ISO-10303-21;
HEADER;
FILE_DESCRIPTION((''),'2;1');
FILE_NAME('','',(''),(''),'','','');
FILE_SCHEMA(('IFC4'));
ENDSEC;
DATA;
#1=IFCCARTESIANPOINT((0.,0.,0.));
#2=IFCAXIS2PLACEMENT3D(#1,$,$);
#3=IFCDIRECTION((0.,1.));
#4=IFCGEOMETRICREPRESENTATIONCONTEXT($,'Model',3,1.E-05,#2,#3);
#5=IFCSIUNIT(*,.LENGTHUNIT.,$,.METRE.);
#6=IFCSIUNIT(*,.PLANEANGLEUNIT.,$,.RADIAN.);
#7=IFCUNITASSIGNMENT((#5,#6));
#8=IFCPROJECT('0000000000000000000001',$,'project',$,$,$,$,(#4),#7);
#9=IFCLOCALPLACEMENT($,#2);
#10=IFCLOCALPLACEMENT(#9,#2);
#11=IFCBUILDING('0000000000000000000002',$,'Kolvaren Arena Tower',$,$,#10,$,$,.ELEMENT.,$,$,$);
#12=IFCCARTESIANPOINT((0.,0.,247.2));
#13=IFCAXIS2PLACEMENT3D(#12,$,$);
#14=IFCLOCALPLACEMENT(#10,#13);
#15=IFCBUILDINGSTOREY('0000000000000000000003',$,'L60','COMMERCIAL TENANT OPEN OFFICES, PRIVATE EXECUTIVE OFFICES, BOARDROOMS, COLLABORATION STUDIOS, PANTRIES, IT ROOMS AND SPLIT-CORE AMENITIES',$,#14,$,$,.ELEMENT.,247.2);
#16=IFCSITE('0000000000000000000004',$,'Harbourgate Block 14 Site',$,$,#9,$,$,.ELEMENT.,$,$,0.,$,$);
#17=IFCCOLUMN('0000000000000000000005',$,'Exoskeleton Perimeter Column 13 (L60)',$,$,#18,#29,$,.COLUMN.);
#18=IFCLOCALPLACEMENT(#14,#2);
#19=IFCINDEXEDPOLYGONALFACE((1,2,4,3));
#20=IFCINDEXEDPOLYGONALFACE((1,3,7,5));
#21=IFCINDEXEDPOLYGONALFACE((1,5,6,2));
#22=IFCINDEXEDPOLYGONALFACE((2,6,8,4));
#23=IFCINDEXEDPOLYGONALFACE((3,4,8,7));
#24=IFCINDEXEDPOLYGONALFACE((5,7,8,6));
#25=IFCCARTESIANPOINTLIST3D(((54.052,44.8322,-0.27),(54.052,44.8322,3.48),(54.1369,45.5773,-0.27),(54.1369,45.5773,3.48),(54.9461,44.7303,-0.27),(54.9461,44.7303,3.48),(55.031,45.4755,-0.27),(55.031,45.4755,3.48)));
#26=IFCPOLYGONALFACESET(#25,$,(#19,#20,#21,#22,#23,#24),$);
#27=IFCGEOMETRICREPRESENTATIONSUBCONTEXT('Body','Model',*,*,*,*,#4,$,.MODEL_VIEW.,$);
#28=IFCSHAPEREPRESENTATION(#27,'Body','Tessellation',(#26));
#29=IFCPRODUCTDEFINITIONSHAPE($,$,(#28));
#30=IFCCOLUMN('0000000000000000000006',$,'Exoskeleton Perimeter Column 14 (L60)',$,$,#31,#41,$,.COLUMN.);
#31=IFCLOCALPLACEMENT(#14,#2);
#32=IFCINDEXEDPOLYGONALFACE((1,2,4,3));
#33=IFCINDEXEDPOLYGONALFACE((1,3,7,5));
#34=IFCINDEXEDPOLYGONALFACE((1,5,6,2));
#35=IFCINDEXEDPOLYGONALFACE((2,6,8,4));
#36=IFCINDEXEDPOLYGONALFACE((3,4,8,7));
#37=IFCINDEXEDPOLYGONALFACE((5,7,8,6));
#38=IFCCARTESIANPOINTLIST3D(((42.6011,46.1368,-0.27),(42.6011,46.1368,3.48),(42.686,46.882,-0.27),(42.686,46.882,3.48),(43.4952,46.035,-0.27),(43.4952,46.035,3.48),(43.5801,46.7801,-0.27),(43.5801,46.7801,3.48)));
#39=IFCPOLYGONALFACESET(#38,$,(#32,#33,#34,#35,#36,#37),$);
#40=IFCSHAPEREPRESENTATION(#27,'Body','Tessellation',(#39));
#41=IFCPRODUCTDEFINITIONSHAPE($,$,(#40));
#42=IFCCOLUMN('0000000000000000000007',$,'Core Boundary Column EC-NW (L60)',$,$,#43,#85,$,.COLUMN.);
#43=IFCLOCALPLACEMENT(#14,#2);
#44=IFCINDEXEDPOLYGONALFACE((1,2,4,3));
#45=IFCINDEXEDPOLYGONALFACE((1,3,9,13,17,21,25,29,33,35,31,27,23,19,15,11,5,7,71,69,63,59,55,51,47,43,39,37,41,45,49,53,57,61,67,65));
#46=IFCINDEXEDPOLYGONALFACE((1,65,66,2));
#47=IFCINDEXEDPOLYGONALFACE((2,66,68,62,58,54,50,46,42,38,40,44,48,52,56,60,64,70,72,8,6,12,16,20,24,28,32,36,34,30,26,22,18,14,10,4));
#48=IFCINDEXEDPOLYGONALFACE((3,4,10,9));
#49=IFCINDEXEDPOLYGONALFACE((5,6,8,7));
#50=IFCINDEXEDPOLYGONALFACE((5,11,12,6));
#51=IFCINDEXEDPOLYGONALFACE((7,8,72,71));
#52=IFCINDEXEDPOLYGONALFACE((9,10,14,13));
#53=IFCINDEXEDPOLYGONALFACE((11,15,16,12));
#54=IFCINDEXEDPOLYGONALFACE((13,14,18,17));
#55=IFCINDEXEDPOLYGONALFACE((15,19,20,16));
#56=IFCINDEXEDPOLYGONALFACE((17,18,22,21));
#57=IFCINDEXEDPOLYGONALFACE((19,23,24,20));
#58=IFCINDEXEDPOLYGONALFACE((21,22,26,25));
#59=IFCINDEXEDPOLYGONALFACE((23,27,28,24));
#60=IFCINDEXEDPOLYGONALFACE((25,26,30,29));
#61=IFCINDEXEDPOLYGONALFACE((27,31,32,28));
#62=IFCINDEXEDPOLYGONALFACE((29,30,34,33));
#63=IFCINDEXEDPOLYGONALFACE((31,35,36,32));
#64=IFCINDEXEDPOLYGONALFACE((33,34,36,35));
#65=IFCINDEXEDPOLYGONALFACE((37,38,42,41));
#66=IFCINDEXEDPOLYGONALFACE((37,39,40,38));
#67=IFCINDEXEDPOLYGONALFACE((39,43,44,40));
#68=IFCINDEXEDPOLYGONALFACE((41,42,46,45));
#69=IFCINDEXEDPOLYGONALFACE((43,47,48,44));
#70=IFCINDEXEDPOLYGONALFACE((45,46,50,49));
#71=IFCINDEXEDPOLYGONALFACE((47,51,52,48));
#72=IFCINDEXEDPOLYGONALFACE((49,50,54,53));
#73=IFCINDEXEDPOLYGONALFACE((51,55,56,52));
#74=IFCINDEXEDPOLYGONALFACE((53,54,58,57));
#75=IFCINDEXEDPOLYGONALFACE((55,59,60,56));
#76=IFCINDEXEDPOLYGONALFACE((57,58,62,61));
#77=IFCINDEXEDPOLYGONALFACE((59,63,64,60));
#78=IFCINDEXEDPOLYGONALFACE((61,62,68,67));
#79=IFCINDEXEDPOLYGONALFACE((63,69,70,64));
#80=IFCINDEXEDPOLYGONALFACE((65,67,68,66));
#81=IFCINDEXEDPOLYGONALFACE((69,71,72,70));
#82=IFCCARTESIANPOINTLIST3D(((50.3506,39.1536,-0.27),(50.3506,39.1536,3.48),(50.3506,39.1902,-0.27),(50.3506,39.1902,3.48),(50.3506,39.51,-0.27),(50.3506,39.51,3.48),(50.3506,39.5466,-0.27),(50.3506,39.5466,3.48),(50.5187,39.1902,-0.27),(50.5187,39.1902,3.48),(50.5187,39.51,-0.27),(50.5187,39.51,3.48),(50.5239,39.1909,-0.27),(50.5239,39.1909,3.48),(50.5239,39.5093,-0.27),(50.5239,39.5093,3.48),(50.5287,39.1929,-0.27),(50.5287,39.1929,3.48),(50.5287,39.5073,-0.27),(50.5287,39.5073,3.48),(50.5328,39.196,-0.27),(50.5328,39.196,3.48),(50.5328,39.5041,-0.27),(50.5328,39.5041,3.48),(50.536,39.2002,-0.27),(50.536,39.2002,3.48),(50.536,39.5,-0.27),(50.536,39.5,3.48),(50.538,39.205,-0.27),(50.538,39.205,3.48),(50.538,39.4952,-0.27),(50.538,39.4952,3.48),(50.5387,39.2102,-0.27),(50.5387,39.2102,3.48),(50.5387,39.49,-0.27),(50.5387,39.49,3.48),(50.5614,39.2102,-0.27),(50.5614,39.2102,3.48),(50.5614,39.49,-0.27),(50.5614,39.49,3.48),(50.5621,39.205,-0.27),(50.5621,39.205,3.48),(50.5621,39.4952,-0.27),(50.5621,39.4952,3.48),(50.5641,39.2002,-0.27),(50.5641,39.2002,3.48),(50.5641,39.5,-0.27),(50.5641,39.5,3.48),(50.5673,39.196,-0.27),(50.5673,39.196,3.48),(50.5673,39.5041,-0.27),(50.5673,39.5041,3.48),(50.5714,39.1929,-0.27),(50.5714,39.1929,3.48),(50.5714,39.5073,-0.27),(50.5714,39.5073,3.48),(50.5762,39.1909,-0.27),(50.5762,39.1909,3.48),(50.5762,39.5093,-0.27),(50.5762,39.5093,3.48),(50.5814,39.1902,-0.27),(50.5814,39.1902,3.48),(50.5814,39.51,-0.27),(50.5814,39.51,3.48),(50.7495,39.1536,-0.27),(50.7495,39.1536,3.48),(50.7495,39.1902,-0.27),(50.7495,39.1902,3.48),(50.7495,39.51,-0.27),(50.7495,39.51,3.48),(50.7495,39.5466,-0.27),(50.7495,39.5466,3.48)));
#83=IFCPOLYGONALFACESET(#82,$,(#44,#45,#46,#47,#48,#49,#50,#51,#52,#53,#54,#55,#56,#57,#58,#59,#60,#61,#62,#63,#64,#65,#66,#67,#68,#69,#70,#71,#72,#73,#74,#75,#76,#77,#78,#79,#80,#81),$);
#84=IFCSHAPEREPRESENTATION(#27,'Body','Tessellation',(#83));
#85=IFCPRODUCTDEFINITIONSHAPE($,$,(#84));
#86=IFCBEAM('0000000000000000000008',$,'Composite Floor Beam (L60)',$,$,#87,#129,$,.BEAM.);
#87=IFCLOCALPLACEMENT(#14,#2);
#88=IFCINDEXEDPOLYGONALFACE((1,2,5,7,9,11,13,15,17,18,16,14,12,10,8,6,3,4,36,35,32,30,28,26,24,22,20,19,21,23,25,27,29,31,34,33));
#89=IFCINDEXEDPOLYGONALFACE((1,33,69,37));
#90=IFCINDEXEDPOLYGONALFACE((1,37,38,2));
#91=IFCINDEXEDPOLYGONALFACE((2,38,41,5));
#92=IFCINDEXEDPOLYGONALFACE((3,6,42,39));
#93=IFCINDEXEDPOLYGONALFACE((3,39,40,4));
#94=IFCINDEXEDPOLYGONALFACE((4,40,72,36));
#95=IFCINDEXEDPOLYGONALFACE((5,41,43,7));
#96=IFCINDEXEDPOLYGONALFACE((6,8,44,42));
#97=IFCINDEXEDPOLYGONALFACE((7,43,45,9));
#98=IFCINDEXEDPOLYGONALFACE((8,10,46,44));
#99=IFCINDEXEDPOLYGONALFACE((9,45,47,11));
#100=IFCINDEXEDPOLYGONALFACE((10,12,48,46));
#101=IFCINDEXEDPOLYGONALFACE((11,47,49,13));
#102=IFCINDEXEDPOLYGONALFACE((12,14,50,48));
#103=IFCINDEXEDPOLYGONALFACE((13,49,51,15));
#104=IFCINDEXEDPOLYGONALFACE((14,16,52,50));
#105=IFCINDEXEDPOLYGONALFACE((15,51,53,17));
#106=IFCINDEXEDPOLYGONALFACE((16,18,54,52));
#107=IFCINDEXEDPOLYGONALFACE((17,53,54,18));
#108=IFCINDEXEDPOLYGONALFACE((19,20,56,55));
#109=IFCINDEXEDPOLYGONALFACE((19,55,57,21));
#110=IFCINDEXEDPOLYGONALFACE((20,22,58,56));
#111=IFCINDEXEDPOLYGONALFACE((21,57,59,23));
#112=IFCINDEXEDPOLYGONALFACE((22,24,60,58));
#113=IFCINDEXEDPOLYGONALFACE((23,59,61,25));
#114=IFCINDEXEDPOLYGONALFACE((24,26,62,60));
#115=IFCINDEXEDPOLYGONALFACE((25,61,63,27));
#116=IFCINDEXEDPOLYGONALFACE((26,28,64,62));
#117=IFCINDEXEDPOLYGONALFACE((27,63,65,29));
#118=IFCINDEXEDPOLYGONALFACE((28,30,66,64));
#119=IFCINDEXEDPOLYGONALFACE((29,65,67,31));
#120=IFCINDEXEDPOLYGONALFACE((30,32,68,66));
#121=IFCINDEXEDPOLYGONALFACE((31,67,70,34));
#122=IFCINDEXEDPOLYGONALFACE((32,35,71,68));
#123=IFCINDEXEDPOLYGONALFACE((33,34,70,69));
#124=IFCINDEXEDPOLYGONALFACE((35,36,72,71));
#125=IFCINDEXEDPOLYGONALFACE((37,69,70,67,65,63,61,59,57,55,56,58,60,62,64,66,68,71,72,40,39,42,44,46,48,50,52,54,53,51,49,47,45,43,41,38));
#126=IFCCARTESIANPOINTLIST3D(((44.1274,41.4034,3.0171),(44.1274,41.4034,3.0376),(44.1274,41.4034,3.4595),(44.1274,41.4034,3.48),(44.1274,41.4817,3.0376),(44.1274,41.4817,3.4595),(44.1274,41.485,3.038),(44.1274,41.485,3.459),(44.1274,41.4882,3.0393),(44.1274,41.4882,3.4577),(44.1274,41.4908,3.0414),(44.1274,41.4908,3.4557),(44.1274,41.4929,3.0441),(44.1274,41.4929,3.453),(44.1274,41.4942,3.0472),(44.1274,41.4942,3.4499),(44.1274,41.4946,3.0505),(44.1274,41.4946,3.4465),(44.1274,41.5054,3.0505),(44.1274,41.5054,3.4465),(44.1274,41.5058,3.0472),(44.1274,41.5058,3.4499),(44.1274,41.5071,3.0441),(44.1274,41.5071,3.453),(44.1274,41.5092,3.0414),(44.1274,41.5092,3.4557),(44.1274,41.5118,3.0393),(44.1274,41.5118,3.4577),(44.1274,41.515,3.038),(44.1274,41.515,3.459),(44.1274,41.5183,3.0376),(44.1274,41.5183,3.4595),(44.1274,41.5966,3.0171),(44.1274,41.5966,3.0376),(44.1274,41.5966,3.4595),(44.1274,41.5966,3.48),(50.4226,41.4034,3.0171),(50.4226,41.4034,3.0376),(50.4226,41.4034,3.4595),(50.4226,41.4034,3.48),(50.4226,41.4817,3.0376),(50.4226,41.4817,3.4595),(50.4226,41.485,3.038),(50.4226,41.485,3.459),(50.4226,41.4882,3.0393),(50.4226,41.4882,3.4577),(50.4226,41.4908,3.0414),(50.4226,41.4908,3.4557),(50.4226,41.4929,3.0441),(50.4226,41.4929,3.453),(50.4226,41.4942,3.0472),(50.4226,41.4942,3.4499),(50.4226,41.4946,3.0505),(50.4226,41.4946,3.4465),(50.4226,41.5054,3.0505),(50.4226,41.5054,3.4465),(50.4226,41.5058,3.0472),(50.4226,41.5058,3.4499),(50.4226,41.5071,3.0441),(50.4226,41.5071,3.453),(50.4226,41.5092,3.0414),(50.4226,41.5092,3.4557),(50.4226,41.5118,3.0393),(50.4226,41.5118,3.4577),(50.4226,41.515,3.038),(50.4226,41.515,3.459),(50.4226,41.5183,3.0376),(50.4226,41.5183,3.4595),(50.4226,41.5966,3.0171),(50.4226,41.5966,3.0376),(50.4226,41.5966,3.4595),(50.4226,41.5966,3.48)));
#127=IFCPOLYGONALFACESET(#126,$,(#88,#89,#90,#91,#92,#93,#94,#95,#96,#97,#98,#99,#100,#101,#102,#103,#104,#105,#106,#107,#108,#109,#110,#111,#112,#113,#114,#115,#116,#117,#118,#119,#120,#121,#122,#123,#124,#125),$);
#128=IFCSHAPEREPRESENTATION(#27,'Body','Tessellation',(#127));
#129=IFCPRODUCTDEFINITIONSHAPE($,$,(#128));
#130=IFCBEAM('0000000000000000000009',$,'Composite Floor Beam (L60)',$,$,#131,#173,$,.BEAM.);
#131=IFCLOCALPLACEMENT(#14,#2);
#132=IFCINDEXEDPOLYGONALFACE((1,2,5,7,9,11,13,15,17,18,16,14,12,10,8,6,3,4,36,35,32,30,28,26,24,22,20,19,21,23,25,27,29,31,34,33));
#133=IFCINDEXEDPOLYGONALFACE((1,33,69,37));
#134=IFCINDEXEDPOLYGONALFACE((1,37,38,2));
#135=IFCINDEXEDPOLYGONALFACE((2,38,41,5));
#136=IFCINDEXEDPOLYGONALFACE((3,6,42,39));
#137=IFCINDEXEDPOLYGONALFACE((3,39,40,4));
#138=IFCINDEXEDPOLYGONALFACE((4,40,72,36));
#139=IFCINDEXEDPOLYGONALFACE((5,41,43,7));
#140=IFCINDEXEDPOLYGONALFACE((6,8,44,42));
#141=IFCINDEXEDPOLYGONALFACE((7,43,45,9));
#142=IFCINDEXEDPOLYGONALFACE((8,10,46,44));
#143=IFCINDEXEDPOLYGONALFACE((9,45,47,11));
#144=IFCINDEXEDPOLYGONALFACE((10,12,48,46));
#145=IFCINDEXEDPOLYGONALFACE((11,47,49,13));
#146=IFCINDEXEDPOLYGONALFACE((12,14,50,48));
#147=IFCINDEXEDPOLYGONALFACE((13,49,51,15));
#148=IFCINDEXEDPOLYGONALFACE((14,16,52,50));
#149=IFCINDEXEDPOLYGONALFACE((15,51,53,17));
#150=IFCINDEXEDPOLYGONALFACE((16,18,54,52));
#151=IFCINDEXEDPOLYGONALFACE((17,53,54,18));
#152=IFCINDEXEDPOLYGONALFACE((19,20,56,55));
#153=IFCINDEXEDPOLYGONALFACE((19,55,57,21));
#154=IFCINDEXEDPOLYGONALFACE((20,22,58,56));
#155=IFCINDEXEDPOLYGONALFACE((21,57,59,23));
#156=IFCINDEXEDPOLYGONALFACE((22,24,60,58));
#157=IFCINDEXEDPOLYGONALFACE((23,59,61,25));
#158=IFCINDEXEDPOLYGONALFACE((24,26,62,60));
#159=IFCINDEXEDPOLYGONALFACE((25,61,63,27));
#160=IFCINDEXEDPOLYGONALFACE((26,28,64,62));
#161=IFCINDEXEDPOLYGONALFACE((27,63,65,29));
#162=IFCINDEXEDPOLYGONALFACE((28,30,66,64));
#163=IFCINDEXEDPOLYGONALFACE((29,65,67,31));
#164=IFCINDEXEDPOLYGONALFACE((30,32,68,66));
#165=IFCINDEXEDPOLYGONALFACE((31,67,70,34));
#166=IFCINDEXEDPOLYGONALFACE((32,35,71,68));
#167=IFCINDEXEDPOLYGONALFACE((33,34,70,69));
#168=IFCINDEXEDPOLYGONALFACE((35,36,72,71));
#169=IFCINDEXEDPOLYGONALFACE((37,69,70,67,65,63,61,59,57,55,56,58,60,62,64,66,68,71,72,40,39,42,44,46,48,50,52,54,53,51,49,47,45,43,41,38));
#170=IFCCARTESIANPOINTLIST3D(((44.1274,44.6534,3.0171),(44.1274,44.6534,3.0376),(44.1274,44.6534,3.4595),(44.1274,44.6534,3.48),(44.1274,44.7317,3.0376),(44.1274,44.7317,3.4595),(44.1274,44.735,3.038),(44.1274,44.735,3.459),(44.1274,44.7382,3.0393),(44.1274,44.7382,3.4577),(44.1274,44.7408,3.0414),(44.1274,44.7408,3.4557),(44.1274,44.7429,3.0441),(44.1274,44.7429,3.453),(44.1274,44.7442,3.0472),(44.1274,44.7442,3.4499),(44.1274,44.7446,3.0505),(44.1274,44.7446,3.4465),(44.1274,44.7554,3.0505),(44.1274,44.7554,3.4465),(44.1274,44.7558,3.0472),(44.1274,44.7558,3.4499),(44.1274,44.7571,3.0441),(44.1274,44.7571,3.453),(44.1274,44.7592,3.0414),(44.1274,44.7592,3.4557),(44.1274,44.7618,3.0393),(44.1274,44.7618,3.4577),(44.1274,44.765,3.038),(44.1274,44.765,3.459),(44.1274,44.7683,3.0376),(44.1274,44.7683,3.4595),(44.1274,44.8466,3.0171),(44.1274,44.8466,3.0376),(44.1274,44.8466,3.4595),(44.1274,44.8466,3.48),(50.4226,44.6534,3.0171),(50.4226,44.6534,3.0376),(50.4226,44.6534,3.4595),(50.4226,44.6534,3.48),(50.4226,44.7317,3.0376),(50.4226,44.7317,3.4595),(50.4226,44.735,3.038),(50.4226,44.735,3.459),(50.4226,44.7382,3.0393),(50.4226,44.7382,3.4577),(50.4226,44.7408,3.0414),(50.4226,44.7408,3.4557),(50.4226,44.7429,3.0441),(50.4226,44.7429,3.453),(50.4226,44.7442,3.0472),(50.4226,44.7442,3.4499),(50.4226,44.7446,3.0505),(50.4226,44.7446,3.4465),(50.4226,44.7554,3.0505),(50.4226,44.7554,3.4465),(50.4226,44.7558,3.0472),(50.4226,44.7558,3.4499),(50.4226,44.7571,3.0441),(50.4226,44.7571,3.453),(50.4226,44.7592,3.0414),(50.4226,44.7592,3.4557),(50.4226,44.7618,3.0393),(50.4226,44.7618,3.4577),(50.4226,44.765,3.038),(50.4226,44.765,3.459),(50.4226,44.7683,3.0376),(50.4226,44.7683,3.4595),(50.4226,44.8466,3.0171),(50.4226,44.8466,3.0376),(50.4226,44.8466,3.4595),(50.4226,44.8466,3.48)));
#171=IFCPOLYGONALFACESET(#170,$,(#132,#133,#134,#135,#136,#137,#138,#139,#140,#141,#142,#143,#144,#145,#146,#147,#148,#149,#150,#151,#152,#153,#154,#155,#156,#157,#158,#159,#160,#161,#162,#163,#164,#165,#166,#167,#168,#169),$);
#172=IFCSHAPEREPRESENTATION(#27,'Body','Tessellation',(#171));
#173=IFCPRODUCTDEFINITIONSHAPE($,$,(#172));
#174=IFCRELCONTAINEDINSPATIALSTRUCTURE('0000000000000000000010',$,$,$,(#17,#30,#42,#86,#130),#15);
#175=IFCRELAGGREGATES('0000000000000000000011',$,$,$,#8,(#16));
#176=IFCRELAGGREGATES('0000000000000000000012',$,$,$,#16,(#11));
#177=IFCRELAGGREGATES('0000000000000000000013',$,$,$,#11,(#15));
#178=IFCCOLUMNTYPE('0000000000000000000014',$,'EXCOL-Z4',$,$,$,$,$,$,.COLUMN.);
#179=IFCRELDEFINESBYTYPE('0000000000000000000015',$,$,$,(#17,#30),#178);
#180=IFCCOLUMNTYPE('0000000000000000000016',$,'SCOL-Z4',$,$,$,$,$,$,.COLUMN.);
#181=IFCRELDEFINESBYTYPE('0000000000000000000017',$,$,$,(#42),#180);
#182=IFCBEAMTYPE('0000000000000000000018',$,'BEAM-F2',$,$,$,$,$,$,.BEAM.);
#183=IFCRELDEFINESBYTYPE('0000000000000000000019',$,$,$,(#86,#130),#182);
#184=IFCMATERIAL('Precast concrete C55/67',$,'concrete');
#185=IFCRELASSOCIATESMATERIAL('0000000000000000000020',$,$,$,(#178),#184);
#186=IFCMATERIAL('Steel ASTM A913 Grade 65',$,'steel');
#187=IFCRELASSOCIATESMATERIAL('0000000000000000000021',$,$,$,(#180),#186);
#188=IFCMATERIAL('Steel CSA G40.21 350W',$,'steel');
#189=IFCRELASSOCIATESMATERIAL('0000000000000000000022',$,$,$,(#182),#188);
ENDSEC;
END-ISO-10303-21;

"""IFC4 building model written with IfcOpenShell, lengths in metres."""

from ifc_helpers import new_model, si_unit, direction, frame, origin, origin_2d, place, context, subcontext, project, spatial, rectangle, i_section, extrude, material, material_profile, profile_set, type_object, element, save


model = new_model("IFC4")

# Units and contexts
model_context = context("Model", 3, precision=1e-05, world=origin(), true_north=direction((0.0, 1.0)))
body_context = subcontext(model_context, "Body", "Model", "MODEL_VIEW")
ifc_project = project(units=[si_unit("LENGTHUNIT", "METRE"), si_unit("PLANEANGLEUNIT", "RADIAN")], contexts=[model_context])

# Site, building, storey
site_placement = place(None, origin())
site = spatial("IfcSite", under=ifc_project, at=site_placement, Name="Harbourgate Block 14 Site", CompositionType="ELEMENT", RefElevation=0.0)
building_placement = place(site_placement, origin())
building = spatial("IfcBuilding", under=site, at=building_placement, Name="Kolvaren Arena Tower", CompositionType="ELEMENT")
storey_placement = place(building_placement, frame((0.0, 0.0, 247.2)))
storey = spatial("IfcBuildingStorey", under=building, at=storey_placement, Name="L60", Description="COMMERCIAL TENANT OPEN OFFICES, PRIVATE EXECUTIVE OFFICES, BOARDROOMS, COLLABORATION STUDIOS, PANTRIES, IT ROOMS AND SPLIT-CORE AMENITIES", CompositionType="ELEMENT", Elevation=247.2)

# Columns
ifc_material_1 = material(Name="Precast concrete C55/67", Category="concrete")
ifc_material_profile_1 = material_profile(ifc_material_1, rectangle(XDim=0.8999, YDim=0.75, at=origin_2d()), Name="RC-900x750")
ifc_profile_set_1 = profile_set([ifc_material_profile_1], Name="Precast concrete C55/67")
column_type_1 = type_object("IfcColumnType", Name="EXCOL-Z4", PredefinedType="COLUMN", material=ifc_profile_set_1)
for number, where, z_axis, x_axis, name in (
    (1, (54.5415, 45.1538, -0.27), (0.0, 0.0, 1.0), (0.993572, -0.113203, 0.0), "Exoskeleton Perimeter Column 13 (L60)"),
    (2, (43.0906, 46.4585, -0.27), (0.0, 0.0, 1.0), (0.993572, -0.113203, 0.0), "Exoskeleton Perimeter Column 14 (L60)"),
):
    element("IfcColumn", number, at=place(storey_placement, frame(where, z_axis=z_axis, x_axis=x_axis)), inside=storey, type_object=column_type_1, Name=name, PredefinedType="COLUMN", context=body_context, shape_type="SweptSolid", body=[
        extrude(rectangle(XDim=0.8999, YDim=0.75, at=origin_2d()), origin(), (0.0, 0.0, 1.0), 3.75),
    ])
ifc_material_2 = material(Name="Steel ASTM A913 Grade 65", Category="steel")
ifc_material_profile_2 = material_profile(ifc_material_2, i_section(OverallWidth=0.3989, OverallDepth=0.3931, WebThickness=0.0227, FlangeThickness=0.0366, FilletRadius=0.02, at=origin_2d()), Name="W360x287")
ifc_profile_set_2 = profile_set([ifc_material_profile_2], Name="Steel ASTM A913 Grade 65")
column_type_2 = type_object("IfcColumnType", Name="SCOL-Z4", PredefinedType="COLUMN", material=ifc_profile_set_2)
column_placement = place(storey_placement, frame((50.55, 39.3501, -0.27), z_axis=(0.0, 0.0, 1.0), x_axis=(1.0, 0.0, 0.0)))
element("IfcColumn", 3, at=column_placement, inside=storey, type_object=column_type_2, Name="Core Boundary Column EC-NW (L60)", PredefinedType="COLUMN", context=body_context, shape_type="SweptSolid", body=[
    extrude(i_section(OverallWidth=0.3989, OverallDepth=0.3931, WebThickness=0.0227, FlangeThickness=0.0366, FilletRadius=0.02, at=origin_2d()), origin(), (0.0, 0.0, 1.0), 3.75),
])

# Beams
ifc_material_3 = material(Name="Steel CSA G40.21 350W", Category="steel")
ifc_material_profile_3 = material_profile(ifc_material_3, i_section(OverallWidth=0.1931, OverallDepth=0.4629, WebThickness=0.0107, FlangeThickness=0.0205, FilletRadius=0.0129, at=origin_2d()), Name="W460x113")
ifc_profile_set_3 = profile_set([ifc_material_profile_3], Name="Steel CSA G40.21 350W")
beam_type_1 = type_object("IfcBeamType", Name="BEAM-F2", PredefinedType="BEAM", material=ifc_profile_set_3)
for number, where, z_axis, x_axis, name in (
    (4, (44.1274, 41.5, 3.2485), (1.0, 0.0, 0.0), (0.0, 1.0, 0.0), "Composite Floor Beam (L60)"),
    (5, (44.1274, 44.75, 3.2485), (1.0, 0.0, 0.0), (0.0, 1.0, 0.0), "Composite Floor Beam (L60)"),
):
    element("IfcBeam", number, at=place(storey_placement, frame(where, z_axis=z_axis, x_axis=x_axis)), inside=storey, type_object=beam_type_1, Name=name, PredefinedType="BEAM", context=body_context, shape_type="SweptSolid", body=[
        extrude(i_section(OverallWidth=0.1931, OverallDepth=0.4629, WebThickness=0.0107, FlangeThickness=0.0205, FilletRadius=0.0129, at=origin_2d()), origin(), (0.0, 0.0, 1.0), 6.2952),
    ])

save(model, "model.ifc")
